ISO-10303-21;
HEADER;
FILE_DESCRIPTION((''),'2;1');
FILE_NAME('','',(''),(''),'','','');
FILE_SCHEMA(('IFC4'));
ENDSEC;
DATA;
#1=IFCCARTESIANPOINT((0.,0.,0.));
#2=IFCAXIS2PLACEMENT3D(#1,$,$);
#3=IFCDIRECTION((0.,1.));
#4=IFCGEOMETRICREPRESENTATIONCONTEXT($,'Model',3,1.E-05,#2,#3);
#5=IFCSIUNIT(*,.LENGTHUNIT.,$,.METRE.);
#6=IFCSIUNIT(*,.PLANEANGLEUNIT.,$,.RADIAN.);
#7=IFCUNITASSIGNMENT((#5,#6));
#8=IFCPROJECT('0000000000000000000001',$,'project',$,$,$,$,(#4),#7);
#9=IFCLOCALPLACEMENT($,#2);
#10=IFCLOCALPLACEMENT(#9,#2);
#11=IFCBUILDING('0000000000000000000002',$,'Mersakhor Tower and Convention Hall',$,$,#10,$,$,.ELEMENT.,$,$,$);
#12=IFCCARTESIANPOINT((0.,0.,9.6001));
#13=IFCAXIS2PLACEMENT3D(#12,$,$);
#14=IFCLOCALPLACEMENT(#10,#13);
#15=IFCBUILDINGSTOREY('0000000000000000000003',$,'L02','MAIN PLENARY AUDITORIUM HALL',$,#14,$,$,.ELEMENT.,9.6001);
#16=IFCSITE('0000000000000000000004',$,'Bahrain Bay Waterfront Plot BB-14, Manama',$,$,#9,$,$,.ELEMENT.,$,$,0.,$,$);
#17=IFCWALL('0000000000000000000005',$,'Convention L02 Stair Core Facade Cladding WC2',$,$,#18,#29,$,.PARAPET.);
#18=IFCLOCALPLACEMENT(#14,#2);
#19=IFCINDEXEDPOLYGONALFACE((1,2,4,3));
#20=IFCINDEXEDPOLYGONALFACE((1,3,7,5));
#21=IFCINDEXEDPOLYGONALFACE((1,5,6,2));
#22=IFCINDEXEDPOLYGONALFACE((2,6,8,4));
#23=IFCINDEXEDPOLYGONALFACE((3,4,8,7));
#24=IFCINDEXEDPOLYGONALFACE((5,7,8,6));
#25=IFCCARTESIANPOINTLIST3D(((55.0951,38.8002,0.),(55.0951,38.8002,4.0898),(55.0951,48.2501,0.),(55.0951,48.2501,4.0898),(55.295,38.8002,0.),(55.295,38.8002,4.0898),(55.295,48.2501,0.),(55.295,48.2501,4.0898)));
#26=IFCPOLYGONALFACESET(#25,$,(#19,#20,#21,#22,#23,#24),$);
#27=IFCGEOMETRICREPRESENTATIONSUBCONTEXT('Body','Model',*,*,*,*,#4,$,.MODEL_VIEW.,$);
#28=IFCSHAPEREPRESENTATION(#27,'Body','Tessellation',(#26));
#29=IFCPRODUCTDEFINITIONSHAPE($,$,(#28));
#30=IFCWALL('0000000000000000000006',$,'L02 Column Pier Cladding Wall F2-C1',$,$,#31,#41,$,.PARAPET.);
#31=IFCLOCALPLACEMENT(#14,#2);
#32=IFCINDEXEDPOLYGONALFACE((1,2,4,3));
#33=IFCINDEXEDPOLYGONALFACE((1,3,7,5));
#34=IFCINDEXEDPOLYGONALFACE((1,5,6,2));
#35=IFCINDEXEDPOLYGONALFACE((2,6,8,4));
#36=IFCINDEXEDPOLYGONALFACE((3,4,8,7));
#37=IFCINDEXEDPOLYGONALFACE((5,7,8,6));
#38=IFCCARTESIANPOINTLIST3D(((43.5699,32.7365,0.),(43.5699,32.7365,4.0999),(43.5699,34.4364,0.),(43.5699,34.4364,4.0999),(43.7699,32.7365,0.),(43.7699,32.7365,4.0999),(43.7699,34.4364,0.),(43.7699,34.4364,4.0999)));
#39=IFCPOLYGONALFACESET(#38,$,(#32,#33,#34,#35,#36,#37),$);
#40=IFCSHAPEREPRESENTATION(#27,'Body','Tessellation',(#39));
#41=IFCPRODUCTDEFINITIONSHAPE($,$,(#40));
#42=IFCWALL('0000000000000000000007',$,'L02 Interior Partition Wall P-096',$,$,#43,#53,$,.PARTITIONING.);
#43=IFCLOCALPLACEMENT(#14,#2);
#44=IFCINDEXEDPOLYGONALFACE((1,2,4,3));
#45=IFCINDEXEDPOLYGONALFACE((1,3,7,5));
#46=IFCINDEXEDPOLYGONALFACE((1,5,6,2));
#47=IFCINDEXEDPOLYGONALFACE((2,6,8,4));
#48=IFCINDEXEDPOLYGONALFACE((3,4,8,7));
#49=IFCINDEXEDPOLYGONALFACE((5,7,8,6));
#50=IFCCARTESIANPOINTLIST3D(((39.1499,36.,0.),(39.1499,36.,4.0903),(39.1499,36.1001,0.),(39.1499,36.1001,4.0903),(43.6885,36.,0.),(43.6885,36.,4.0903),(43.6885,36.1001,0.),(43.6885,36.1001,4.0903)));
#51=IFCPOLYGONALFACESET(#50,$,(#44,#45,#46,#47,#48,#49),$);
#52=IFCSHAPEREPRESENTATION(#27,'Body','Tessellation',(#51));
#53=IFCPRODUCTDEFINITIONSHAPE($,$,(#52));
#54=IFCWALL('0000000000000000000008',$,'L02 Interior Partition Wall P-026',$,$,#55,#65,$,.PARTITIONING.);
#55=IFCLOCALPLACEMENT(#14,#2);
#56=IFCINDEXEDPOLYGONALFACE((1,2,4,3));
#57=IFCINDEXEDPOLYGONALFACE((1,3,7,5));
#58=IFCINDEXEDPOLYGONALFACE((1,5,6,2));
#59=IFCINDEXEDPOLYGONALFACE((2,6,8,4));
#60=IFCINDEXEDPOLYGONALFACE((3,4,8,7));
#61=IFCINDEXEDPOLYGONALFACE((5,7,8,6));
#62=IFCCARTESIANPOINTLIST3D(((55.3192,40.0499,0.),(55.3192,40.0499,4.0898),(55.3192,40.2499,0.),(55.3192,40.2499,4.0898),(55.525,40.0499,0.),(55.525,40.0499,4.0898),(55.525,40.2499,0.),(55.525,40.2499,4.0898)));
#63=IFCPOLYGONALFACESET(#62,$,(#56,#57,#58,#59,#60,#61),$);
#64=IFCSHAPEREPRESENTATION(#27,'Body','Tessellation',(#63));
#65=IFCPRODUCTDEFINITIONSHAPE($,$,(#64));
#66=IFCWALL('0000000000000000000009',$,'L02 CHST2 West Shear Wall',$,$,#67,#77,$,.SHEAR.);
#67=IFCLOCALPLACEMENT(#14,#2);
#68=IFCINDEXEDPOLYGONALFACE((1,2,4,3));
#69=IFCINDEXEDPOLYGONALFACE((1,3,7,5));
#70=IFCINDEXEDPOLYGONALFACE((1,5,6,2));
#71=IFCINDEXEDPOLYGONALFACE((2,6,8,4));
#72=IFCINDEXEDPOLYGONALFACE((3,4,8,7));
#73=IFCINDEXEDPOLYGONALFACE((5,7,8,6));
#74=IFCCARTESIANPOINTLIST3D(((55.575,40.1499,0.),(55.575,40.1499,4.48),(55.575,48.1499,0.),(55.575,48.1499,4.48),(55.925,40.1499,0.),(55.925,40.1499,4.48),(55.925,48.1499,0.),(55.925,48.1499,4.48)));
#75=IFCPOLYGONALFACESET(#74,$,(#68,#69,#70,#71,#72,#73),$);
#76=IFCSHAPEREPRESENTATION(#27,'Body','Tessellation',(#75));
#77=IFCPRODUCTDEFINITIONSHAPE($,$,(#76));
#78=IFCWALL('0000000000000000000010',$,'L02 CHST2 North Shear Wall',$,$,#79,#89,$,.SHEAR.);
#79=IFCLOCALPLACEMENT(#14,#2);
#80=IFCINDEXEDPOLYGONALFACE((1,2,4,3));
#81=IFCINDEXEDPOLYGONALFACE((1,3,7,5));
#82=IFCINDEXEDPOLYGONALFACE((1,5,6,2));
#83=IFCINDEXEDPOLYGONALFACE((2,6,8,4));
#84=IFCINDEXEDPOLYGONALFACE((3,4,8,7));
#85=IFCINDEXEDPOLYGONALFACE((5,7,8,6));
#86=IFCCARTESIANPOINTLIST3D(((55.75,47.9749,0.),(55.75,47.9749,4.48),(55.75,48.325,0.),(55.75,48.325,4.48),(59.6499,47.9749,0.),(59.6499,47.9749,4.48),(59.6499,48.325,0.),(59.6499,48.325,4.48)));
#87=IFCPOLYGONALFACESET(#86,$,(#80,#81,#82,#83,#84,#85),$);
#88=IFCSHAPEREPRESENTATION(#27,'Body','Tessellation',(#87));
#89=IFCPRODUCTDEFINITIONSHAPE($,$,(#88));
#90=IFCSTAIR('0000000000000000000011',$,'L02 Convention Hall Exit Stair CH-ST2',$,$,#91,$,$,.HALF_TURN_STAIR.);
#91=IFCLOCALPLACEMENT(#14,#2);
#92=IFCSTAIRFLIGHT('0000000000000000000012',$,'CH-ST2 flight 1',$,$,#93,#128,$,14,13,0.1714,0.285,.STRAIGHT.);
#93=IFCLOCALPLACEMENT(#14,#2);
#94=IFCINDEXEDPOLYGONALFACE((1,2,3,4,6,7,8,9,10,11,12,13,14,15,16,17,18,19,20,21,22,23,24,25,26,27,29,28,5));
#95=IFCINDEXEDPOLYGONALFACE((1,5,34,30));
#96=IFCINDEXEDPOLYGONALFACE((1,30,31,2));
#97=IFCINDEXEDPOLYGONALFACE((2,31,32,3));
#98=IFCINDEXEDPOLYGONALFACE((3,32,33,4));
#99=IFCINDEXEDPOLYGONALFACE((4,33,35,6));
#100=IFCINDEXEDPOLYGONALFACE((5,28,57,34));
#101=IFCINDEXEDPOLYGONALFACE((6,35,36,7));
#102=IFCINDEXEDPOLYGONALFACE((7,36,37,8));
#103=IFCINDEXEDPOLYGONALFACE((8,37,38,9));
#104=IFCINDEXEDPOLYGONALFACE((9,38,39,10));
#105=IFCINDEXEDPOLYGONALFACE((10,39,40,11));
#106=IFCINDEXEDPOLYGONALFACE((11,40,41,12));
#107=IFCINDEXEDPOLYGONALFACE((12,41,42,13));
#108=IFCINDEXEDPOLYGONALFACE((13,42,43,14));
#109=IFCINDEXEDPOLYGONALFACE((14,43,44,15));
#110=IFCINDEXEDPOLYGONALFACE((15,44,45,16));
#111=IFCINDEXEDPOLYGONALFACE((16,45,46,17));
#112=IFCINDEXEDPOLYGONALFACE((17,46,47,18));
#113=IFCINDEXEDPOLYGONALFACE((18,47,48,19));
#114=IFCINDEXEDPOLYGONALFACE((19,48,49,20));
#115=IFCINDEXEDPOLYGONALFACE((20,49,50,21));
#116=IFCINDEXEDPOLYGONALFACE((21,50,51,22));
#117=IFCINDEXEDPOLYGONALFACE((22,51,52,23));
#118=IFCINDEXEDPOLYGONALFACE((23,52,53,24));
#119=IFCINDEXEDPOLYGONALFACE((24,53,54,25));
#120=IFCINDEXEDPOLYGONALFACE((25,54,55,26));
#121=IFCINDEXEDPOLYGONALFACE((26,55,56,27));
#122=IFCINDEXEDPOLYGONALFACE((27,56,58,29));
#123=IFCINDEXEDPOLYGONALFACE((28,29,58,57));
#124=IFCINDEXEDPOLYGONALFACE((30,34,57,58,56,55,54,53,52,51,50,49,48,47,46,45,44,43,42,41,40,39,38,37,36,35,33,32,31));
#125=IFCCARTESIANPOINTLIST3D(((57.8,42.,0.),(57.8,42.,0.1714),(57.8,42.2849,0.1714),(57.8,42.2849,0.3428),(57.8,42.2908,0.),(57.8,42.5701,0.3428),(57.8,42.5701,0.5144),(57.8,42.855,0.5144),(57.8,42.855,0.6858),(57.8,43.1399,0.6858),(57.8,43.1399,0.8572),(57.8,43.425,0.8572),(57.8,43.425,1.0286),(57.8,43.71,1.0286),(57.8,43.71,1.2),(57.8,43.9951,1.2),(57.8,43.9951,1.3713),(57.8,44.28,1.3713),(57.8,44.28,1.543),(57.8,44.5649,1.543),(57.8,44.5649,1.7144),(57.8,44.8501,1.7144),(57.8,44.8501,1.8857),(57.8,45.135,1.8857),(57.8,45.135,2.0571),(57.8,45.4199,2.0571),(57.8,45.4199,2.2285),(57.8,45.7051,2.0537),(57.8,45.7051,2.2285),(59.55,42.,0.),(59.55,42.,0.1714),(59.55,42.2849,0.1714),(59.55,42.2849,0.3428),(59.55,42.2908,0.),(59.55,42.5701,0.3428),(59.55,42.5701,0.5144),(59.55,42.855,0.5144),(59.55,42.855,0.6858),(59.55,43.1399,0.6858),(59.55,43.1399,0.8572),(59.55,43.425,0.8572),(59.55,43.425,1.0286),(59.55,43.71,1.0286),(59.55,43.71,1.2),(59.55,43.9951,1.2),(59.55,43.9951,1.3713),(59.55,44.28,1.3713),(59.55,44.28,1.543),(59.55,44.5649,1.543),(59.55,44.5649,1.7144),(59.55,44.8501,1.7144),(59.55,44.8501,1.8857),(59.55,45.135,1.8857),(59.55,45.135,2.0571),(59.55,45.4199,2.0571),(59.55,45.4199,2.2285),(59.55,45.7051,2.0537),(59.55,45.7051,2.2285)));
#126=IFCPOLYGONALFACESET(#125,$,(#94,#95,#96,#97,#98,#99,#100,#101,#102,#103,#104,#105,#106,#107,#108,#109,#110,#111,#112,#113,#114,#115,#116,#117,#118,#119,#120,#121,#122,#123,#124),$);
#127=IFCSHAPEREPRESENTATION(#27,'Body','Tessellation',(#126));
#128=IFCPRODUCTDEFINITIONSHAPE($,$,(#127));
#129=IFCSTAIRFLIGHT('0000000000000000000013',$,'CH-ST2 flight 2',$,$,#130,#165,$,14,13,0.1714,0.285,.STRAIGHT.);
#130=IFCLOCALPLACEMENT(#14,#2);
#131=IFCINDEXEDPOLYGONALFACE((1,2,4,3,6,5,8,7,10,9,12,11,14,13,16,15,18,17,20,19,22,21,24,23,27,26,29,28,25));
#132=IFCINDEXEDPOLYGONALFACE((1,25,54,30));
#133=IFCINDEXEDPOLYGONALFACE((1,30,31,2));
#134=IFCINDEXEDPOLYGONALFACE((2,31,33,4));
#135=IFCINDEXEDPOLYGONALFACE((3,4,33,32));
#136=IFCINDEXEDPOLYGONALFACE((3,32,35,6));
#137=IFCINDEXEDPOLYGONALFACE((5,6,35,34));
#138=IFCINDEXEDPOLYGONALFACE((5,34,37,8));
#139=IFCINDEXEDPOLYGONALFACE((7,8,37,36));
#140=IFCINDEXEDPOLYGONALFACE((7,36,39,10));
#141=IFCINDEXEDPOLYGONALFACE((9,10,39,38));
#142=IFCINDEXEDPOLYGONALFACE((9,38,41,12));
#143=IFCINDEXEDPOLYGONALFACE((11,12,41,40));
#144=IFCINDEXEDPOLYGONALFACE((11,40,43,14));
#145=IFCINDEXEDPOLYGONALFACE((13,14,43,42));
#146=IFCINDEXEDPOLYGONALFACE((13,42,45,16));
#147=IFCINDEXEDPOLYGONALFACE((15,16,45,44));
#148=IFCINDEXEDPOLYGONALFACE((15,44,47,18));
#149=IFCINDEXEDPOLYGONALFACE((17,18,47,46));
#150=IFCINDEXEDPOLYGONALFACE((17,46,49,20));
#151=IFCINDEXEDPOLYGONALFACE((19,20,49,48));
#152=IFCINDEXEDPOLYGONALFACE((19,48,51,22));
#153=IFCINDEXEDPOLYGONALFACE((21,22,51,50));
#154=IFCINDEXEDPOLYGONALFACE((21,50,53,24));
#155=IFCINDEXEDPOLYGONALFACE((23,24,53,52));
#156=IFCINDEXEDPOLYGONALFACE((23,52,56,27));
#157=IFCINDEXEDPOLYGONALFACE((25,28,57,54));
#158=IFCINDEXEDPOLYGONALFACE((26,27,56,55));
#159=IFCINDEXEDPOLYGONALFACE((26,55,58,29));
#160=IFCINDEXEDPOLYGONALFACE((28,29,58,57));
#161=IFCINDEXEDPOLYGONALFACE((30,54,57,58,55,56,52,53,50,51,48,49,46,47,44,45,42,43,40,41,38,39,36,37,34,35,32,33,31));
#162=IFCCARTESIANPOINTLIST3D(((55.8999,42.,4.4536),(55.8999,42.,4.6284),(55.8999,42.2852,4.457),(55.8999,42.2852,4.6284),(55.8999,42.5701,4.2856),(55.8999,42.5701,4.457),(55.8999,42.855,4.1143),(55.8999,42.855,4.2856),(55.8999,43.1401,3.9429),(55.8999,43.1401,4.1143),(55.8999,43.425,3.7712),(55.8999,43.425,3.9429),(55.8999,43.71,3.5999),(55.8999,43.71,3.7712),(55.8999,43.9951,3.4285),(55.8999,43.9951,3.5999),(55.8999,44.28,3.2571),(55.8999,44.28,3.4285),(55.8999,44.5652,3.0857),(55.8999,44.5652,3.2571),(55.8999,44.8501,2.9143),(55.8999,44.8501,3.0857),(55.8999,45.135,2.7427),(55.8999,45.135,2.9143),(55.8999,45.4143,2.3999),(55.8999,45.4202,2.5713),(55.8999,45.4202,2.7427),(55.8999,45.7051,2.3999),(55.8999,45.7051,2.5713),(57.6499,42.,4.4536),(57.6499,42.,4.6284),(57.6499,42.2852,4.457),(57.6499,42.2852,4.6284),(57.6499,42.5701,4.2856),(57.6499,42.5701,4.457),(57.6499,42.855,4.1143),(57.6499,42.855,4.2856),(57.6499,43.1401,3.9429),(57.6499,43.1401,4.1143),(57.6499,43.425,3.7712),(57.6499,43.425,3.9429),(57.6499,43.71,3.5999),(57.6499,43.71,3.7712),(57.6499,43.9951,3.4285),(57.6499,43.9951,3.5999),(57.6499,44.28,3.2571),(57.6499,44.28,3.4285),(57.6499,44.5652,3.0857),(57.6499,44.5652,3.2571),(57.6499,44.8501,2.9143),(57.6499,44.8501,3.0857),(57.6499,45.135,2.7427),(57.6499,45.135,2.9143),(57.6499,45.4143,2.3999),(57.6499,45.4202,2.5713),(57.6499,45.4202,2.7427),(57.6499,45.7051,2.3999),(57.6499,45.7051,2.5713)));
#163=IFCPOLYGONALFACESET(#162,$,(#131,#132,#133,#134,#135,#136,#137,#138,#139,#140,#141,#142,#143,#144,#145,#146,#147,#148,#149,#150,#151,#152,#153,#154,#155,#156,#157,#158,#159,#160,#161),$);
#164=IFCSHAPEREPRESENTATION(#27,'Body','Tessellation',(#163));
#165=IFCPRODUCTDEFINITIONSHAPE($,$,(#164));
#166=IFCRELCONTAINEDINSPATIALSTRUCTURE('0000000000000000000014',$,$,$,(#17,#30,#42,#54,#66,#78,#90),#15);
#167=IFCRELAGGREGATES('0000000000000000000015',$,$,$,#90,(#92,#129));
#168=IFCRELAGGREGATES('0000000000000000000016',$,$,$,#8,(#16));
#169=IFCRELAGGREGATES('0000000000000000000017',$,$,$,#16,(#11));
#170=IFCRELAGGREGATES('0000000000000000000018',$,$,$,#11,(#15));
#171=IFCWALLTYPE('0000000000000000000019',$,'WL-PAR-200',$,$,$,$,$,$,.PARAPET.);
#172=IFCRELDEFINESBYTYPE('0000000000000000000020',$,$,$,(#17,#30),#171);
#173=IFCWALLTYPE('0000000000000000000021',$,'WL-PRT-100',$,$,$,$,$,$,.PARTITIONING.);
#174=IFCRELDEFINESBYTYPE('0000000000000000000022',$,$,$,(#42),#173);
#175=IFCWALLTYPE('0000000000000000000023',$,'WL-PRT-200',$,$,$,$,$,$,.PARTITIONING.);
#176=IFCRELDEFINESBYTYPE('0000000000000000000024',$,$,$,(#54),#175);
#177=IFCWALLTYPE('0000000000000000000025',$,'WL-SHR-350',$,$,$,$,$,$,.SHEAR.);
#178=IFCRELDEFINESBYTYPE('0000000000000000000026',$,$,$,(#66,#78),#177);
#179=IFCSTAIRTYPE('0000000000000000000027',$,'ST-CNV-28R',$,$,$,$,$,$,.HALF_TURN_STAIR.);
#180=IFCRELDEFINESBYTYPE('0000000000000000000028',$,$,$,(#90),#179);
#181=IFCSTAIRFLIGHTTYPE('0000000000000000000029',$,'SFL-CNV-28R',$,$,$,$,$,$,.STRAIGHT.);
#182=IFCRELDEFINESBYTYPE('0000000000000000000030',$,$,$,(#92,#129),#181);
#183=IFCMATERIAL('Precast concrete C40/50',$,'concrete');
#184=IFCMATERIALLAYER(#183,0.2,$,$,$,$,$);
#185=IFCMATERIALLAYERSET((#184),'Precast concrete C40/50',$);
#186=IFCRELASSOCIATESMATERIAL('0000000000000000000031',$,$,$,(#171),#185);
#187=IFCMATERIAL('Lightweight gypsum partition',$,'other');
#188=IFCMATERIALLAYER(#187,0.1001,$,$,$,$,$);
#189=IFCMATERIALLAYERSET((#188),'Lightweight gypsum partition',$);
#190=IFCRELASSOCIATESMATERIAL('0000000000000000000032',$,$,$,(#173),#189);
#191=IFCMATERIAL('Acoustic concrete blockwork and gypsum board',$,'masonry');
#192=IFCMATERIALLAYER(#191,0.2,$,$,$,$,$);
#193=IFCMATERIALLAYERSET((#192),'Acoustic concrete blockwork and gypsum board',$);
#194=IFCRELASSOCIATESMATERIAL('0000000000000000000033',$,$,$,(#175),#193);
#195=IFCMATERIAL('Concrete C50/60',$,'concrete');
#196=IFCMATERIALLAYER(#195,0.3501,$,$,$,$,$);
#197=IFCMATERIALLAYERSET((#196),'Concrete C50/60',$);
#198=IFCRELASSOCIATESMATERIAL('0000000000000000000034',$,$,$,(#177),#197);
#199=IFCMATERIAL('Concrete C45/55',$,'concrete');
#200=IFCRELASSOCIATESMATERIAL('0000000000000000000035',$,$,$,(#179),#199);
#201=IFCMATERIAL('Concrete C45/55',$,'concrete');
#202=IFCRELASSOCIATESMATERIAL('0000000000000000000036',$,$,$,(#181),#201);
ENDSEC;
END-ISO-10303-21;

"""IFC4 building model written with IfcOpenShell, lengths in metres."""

from ifc_helpers import new_model, si_unit, direction, frame, frame_2d, origin, place, context, subcontext, project, spatial, polyline, rectangle, outline, extrude, material, layer, layer_set, type_object, element, aggregate, save


model = new_model("IFC4")

# Units and contexts
model_context = context("Model", 3, precision=1e-05, world=origin(), true_north=direction((0.0, 1.0)))
body_context = subcontext(model_context, "Body", "Model", "MODEL_VIEW")
ifc_project = project(units=[si_unit("LENGTHUNIT", "METRE"), si_unit("PLANEANGLEUNIT", "RADIAN")], contexts=[model_context])

# Site, building, storey
site_placement = place(None, origin())
site = spatial("IfcSite", under=ifc_project, at=site_placement, Name="Bahrain Bay Waterfront Plot BB-14, Manama", CompositionType="ELEMENT", RefElevation=0.0)
building_placement = place(site_placement, origin())
building = spatial("IfcBuilding", under=site, at=building_placement, Name="Mersakhor Tower and Convention Hall", CompositionType="ELEMENT")
storey_placement = place(building_placement, frame((0.0, 0.0, 9.6001)))
storey = spatial("IfcBuildingStorey", under=building, at=storey_placement, Name="L02", Description="MAIN PLENARY AUDITORIUM HALL", CompositionType="ELEMENT", Elevation=9.6001)

# Walls
ifc_material_1 = material(Name="Precast concrete C40/50", Category="concrete")
ifc_layer_1 = layer(ifc_material_1, 0.2)
ifc_layer_set_1 = layer_set([ifc_layer_1], Name="Precast concrete C40/50")
wall_type_1 = type_object("IfcWallType", Name="WL-PAR-200", PredefinedType="PARAPET", material=ifc_layer_set_1)
wall_1_placement = place(storey_placement, frame((55.1951, 38.8, 0.0), z_axis=(0.0, 0.0, 1.0), x_axis=(0.0, 1.0, 0.0)))
element("IfcWall", 1, at=wall_1_placement, inside=storey, type_object=wall_type_1, Name="Convention L02 Stair Core Facade Cladding WC2", PredefinedType="PARAPET", context=body_context, shape_type="SweptSolid", body=[
    extrude(rectangle(XDim=9.45, YDim=0.2, at=frame_2d((4.7251, 0.0))), origin(), (0.0, 0.0, 1.0), 4.0898),
])
wall_2_placement = place(storey_placement, frame((43.6699, 34.4365, 0.0), z_axis=(0.0, 0.0, 1.0), x_axis=(0.0, -1.0, 0.0)))
element("IfcWall", 2, at=wall_2_placement, inside=storey, type_object=wall_type_1, Name="L02 Column Pier Cladding Wall F2-C1", PredefinedType="PARAPET", context=body_context, shape_type="SweptSolid", body=[
    extrude(rectangle(XDim=1.7, YDim=0.2, at=frame_2d((0.8501, 0.0))), origin(), (0.0, 0.0, 1.0), 4.0999),
])
ifc_material_2 = material(Name="Lightweight gypsum partition", Category="other")
ifc_layer_2 = layer(ifc_material_2, 0.1001)
ifc_layer_set_2 = layer_set([ifc_layer_2], Name="Lightweight gypsum partition")
wall_type_2 = type_object("IfcWallType", Name="WL-PRT-100", PredefinedType="PARTITIONING", material=ifc_layer_set_2)
wall_3_placement = place(storey_placement, frame((43.6885, 36.05, 0.0), z_axis=(0.0, 0.0, 1.0), x_axis=(-1.0, 0.0, 0.0)))
element("IfcWall", 3, at=wall_3_placement, inside=storey, type_object=wall_type_2, Name="L02 Interior Partition Wall P-096", PredefinedType="PARTITIONING", context=body_context, shape_type="SweptSolid", body=[
    extrude(rectangle(XDim=4.5386, YDim=0.1001, at=frame_2d((2.2693, 0.0))), origin(), (0.0, 0.0, 1.0), 4.0903),
])
ifc_material_3 = material(Name="Acoustic concrete blockwork and gypsum board", Category="masonry")
ifc_layer_3 = layer(ifc_material_3, 0.2)
ifc_layer_set_3 = layer_set([ifc_layer_3], Name="Acoustic concrete blockwork and gypsum board")
wall_type_3 = type_object("IfcWallType", Name="WL-PRT-200", PredefinedType="PARTITIONING", material=ifc_layer_set_3)
wall_4_placement = place(storey_placement, frame((55.3191, 40.1499, 0.0), z_axis=(0.0, 0.0, 1.0), x_axis=(1.0, 0.0, 0.0)))
element("IfcWall", 4, at=wall_4_placement, inside=storey, type_object=wall_type_3, Name="L02 Interior Partition Wall P-026", PredefinedType="PARTITIONING", context=body_context, shape_type="SweptSolid", body=[
    extrude(rectangle(XDim=0.2058, YDim=0.2, at=frame_2d((0.103, 0.0))), origin(), (0.0, 0.0, 1.0), 4.0898),
])
ifc_material_4 = material(Name="Concrete C50/60", Category="concrete")
ifc_layer_4 = layer(ifc_material_4, 0.3501)
ifc_layer_set_4 = layer_set([ifc_layer_4], Name="Concrete C50/60")
wall_type_4 = type_object("IfcWallType", Name="WL-SHR-350", PredefinedType="SHEAR", material=ifc_layer_set_4)
wall_5_placement = place(storey_placement, frame((55.75, 40.1499, 0.0), z_axis=(0.0, 0.0, 1.0), x_axis=(0.0, 1.0, 0.0)))
element("IfcWall", 5, at=wall_5_placement, inside=storey, type_object=wall_type_4, Name="L02 CHST2 West Shear Wall", PredefinedType="SHEAR", context=body_context, shape_type="SweptSolid", body=[
    extrude(rectangle(XDim=8.0, YDim=0.3501, at=frame_2d((4.0, 0.0))), origin(), (0.0, 0.0, 1.0), 4.48),
])
wall_6_placement = place(storey_placement, frame((55.75, 48.1499, 0.0), z_axis=(0.0, 0.0, 1.0), x_axis=(1.0, 0.0, 0.0)))
element("IfcWall", 6, at=wall_6_placement, inside=storey, type_object=wall_type_4, Name="L02 CHST2 North Shear Wall", PredefinedType="SHEAR", context=body_context, shape_type="SweptSolid", body=[
    extrude(rectangle(XDim=3.8999, YDim=0.3501, at=frame_2d((1.95, 0.0))), origin(), (0.0, 0.0, 1.0), 4.48),
])

# Stair, stair flights
ifc_material_5 = material(Name="Concrete C45/55", Category="concrete")
stair_type = type_object("IfcStairType", Name="ST-CNV-28R", PredefinedType="HALF_TURN_STAIR", material=ifc_material_5)
stair_placement = place(storey_placement, origin())
stair = element("IfcStair", 7, at=stair_placement, inside=storey, type_object=stair_type, Name="L02 Convention Hall Exit Stair CH-ST2", PredefinedType="HALF_TURN_STAIR")
ifc_material_6 = material(Name="Concrete C45/55", Category="concrete")
stair_flight_type = type_object("IfcStairFlightType", Name="SFL-CNV-28R", PredefinedType="STRAIGHT", material=ifc_material_6)
stair_flight_1_placement = place(storey_placement, frame((58.675, 42.0, 0.0), z_axis=(0.0, 0.0, 1.0), x_axis=(0.0, 1.0, 0.0)))
stair_flight_1 = element("IfcStairFlight", 8, at=stair_flight_1_placement, type_object=stair_flight_type, Name="CH-ST2 flight 1", NumberOfRisers=14, NumberOfTreads=13, PredefinedType="STRAIGHT", RiserHeight=0.1714, TreadLength=0.285, context=body_context, shape_type="SweptSolid", body=[
    extrude(outline(polyline([(0.0, 0.0), (0.0, 0.1714), (0.2849, 0.1714), (0.2849, 0.3428), (0.5701, 0.3428), (0.5701, 0.5144), (0.855, 0.5144), (0.855, 0.6858), (1.1399, 0.6858), (1.1399, 0.8572), (1.425, 0.8572), (1.425, 1.0286), (1.71, 1.0286), (1.71, 1.2), (1.9951, 1.2), (1.9951, 1.3713), (2.28, 1.3713), (2.28, 1.543), (2.5649, 1.543), (2.5649, 1.7144), (2.8501, 1.7144), (2.8501, 1.8857), (3.135, 1.8857), (3.135, 2.0571), (3.4199, 2.0571), (3.4199, 2.2285), (3.7051, 2.2285), (3.7051, 2.3999), (3.7051, 2.0537), (0.2908, 0.0), (0.0, 0.0)])), frame((0.0, 0.875, 0.0), z_axis=(0.0, -1.0, 0.0), x_axis=(1.0, 0.0, 0.0)), (0.0, 0.0, 1.0), 1.75),
])
stair_flight_2_placement = place(storey_placement, frame((56.7749, 45.7051, 2.3999), z_axis=(0.0, 0.0, 1.0), x_axis=(0.0, -1.0, 0.0)))
stair_flight_2 = element("IfcStairFlight", 9, at=stair_flight_2_placement, type_object=stair_flight_type, Name="CH-ST2 flight 2", NumberOfRisers=14, NumberOfTreads=13, PredefinedType="STRAIGHT", RiserHeight=0.1714, TreadLength=0.285, context=body_context, shape_type="SweptSolid", body=[
    extrude(outline(polyline([(0.0, 0.0), (0.0, 0.1714), (0.2849, 0.1714), (0.2849, 0.3428), (0.5701, 0.3428), (0.5701, 0.5144), (0.855, 0.5144), (0.855, 0.6858), (1.1399, 0.6858), (1.1399, 0.8572), (1.425, 0.8572), (1.425, 1.0286), (1.71, 1.0286), (1.71, 1.2), (1.9951, 1.2), (1.9951, 1.3713), (2.28, 1.3713), (2.28, 1.543), (2.5649, 1.543), (2.5649, 1.7144), (2.8501, 1.7144), (2.8501, 1.8857), (3.135, 1.8857), (3.135, 2.0571), (3.4199, 2.0571), (3.4199, 2.2285), (3.7051, 2.2285), (3.7051, 2.3999), (3.7051, 2.0537), (0.2908, 0.0), (0.0, 0.0)])), frame((0.0, 0.875, 0.0), z_axis=(0.0, -1.0, 0.0), x_axis=(1.0, 0.0, 0.0)), (0.0, 0.0, 1.0), 1.75),
])
aggregate(stair, [stair_flight_1, stair_flight_2])

save(model, "model.ifc")
